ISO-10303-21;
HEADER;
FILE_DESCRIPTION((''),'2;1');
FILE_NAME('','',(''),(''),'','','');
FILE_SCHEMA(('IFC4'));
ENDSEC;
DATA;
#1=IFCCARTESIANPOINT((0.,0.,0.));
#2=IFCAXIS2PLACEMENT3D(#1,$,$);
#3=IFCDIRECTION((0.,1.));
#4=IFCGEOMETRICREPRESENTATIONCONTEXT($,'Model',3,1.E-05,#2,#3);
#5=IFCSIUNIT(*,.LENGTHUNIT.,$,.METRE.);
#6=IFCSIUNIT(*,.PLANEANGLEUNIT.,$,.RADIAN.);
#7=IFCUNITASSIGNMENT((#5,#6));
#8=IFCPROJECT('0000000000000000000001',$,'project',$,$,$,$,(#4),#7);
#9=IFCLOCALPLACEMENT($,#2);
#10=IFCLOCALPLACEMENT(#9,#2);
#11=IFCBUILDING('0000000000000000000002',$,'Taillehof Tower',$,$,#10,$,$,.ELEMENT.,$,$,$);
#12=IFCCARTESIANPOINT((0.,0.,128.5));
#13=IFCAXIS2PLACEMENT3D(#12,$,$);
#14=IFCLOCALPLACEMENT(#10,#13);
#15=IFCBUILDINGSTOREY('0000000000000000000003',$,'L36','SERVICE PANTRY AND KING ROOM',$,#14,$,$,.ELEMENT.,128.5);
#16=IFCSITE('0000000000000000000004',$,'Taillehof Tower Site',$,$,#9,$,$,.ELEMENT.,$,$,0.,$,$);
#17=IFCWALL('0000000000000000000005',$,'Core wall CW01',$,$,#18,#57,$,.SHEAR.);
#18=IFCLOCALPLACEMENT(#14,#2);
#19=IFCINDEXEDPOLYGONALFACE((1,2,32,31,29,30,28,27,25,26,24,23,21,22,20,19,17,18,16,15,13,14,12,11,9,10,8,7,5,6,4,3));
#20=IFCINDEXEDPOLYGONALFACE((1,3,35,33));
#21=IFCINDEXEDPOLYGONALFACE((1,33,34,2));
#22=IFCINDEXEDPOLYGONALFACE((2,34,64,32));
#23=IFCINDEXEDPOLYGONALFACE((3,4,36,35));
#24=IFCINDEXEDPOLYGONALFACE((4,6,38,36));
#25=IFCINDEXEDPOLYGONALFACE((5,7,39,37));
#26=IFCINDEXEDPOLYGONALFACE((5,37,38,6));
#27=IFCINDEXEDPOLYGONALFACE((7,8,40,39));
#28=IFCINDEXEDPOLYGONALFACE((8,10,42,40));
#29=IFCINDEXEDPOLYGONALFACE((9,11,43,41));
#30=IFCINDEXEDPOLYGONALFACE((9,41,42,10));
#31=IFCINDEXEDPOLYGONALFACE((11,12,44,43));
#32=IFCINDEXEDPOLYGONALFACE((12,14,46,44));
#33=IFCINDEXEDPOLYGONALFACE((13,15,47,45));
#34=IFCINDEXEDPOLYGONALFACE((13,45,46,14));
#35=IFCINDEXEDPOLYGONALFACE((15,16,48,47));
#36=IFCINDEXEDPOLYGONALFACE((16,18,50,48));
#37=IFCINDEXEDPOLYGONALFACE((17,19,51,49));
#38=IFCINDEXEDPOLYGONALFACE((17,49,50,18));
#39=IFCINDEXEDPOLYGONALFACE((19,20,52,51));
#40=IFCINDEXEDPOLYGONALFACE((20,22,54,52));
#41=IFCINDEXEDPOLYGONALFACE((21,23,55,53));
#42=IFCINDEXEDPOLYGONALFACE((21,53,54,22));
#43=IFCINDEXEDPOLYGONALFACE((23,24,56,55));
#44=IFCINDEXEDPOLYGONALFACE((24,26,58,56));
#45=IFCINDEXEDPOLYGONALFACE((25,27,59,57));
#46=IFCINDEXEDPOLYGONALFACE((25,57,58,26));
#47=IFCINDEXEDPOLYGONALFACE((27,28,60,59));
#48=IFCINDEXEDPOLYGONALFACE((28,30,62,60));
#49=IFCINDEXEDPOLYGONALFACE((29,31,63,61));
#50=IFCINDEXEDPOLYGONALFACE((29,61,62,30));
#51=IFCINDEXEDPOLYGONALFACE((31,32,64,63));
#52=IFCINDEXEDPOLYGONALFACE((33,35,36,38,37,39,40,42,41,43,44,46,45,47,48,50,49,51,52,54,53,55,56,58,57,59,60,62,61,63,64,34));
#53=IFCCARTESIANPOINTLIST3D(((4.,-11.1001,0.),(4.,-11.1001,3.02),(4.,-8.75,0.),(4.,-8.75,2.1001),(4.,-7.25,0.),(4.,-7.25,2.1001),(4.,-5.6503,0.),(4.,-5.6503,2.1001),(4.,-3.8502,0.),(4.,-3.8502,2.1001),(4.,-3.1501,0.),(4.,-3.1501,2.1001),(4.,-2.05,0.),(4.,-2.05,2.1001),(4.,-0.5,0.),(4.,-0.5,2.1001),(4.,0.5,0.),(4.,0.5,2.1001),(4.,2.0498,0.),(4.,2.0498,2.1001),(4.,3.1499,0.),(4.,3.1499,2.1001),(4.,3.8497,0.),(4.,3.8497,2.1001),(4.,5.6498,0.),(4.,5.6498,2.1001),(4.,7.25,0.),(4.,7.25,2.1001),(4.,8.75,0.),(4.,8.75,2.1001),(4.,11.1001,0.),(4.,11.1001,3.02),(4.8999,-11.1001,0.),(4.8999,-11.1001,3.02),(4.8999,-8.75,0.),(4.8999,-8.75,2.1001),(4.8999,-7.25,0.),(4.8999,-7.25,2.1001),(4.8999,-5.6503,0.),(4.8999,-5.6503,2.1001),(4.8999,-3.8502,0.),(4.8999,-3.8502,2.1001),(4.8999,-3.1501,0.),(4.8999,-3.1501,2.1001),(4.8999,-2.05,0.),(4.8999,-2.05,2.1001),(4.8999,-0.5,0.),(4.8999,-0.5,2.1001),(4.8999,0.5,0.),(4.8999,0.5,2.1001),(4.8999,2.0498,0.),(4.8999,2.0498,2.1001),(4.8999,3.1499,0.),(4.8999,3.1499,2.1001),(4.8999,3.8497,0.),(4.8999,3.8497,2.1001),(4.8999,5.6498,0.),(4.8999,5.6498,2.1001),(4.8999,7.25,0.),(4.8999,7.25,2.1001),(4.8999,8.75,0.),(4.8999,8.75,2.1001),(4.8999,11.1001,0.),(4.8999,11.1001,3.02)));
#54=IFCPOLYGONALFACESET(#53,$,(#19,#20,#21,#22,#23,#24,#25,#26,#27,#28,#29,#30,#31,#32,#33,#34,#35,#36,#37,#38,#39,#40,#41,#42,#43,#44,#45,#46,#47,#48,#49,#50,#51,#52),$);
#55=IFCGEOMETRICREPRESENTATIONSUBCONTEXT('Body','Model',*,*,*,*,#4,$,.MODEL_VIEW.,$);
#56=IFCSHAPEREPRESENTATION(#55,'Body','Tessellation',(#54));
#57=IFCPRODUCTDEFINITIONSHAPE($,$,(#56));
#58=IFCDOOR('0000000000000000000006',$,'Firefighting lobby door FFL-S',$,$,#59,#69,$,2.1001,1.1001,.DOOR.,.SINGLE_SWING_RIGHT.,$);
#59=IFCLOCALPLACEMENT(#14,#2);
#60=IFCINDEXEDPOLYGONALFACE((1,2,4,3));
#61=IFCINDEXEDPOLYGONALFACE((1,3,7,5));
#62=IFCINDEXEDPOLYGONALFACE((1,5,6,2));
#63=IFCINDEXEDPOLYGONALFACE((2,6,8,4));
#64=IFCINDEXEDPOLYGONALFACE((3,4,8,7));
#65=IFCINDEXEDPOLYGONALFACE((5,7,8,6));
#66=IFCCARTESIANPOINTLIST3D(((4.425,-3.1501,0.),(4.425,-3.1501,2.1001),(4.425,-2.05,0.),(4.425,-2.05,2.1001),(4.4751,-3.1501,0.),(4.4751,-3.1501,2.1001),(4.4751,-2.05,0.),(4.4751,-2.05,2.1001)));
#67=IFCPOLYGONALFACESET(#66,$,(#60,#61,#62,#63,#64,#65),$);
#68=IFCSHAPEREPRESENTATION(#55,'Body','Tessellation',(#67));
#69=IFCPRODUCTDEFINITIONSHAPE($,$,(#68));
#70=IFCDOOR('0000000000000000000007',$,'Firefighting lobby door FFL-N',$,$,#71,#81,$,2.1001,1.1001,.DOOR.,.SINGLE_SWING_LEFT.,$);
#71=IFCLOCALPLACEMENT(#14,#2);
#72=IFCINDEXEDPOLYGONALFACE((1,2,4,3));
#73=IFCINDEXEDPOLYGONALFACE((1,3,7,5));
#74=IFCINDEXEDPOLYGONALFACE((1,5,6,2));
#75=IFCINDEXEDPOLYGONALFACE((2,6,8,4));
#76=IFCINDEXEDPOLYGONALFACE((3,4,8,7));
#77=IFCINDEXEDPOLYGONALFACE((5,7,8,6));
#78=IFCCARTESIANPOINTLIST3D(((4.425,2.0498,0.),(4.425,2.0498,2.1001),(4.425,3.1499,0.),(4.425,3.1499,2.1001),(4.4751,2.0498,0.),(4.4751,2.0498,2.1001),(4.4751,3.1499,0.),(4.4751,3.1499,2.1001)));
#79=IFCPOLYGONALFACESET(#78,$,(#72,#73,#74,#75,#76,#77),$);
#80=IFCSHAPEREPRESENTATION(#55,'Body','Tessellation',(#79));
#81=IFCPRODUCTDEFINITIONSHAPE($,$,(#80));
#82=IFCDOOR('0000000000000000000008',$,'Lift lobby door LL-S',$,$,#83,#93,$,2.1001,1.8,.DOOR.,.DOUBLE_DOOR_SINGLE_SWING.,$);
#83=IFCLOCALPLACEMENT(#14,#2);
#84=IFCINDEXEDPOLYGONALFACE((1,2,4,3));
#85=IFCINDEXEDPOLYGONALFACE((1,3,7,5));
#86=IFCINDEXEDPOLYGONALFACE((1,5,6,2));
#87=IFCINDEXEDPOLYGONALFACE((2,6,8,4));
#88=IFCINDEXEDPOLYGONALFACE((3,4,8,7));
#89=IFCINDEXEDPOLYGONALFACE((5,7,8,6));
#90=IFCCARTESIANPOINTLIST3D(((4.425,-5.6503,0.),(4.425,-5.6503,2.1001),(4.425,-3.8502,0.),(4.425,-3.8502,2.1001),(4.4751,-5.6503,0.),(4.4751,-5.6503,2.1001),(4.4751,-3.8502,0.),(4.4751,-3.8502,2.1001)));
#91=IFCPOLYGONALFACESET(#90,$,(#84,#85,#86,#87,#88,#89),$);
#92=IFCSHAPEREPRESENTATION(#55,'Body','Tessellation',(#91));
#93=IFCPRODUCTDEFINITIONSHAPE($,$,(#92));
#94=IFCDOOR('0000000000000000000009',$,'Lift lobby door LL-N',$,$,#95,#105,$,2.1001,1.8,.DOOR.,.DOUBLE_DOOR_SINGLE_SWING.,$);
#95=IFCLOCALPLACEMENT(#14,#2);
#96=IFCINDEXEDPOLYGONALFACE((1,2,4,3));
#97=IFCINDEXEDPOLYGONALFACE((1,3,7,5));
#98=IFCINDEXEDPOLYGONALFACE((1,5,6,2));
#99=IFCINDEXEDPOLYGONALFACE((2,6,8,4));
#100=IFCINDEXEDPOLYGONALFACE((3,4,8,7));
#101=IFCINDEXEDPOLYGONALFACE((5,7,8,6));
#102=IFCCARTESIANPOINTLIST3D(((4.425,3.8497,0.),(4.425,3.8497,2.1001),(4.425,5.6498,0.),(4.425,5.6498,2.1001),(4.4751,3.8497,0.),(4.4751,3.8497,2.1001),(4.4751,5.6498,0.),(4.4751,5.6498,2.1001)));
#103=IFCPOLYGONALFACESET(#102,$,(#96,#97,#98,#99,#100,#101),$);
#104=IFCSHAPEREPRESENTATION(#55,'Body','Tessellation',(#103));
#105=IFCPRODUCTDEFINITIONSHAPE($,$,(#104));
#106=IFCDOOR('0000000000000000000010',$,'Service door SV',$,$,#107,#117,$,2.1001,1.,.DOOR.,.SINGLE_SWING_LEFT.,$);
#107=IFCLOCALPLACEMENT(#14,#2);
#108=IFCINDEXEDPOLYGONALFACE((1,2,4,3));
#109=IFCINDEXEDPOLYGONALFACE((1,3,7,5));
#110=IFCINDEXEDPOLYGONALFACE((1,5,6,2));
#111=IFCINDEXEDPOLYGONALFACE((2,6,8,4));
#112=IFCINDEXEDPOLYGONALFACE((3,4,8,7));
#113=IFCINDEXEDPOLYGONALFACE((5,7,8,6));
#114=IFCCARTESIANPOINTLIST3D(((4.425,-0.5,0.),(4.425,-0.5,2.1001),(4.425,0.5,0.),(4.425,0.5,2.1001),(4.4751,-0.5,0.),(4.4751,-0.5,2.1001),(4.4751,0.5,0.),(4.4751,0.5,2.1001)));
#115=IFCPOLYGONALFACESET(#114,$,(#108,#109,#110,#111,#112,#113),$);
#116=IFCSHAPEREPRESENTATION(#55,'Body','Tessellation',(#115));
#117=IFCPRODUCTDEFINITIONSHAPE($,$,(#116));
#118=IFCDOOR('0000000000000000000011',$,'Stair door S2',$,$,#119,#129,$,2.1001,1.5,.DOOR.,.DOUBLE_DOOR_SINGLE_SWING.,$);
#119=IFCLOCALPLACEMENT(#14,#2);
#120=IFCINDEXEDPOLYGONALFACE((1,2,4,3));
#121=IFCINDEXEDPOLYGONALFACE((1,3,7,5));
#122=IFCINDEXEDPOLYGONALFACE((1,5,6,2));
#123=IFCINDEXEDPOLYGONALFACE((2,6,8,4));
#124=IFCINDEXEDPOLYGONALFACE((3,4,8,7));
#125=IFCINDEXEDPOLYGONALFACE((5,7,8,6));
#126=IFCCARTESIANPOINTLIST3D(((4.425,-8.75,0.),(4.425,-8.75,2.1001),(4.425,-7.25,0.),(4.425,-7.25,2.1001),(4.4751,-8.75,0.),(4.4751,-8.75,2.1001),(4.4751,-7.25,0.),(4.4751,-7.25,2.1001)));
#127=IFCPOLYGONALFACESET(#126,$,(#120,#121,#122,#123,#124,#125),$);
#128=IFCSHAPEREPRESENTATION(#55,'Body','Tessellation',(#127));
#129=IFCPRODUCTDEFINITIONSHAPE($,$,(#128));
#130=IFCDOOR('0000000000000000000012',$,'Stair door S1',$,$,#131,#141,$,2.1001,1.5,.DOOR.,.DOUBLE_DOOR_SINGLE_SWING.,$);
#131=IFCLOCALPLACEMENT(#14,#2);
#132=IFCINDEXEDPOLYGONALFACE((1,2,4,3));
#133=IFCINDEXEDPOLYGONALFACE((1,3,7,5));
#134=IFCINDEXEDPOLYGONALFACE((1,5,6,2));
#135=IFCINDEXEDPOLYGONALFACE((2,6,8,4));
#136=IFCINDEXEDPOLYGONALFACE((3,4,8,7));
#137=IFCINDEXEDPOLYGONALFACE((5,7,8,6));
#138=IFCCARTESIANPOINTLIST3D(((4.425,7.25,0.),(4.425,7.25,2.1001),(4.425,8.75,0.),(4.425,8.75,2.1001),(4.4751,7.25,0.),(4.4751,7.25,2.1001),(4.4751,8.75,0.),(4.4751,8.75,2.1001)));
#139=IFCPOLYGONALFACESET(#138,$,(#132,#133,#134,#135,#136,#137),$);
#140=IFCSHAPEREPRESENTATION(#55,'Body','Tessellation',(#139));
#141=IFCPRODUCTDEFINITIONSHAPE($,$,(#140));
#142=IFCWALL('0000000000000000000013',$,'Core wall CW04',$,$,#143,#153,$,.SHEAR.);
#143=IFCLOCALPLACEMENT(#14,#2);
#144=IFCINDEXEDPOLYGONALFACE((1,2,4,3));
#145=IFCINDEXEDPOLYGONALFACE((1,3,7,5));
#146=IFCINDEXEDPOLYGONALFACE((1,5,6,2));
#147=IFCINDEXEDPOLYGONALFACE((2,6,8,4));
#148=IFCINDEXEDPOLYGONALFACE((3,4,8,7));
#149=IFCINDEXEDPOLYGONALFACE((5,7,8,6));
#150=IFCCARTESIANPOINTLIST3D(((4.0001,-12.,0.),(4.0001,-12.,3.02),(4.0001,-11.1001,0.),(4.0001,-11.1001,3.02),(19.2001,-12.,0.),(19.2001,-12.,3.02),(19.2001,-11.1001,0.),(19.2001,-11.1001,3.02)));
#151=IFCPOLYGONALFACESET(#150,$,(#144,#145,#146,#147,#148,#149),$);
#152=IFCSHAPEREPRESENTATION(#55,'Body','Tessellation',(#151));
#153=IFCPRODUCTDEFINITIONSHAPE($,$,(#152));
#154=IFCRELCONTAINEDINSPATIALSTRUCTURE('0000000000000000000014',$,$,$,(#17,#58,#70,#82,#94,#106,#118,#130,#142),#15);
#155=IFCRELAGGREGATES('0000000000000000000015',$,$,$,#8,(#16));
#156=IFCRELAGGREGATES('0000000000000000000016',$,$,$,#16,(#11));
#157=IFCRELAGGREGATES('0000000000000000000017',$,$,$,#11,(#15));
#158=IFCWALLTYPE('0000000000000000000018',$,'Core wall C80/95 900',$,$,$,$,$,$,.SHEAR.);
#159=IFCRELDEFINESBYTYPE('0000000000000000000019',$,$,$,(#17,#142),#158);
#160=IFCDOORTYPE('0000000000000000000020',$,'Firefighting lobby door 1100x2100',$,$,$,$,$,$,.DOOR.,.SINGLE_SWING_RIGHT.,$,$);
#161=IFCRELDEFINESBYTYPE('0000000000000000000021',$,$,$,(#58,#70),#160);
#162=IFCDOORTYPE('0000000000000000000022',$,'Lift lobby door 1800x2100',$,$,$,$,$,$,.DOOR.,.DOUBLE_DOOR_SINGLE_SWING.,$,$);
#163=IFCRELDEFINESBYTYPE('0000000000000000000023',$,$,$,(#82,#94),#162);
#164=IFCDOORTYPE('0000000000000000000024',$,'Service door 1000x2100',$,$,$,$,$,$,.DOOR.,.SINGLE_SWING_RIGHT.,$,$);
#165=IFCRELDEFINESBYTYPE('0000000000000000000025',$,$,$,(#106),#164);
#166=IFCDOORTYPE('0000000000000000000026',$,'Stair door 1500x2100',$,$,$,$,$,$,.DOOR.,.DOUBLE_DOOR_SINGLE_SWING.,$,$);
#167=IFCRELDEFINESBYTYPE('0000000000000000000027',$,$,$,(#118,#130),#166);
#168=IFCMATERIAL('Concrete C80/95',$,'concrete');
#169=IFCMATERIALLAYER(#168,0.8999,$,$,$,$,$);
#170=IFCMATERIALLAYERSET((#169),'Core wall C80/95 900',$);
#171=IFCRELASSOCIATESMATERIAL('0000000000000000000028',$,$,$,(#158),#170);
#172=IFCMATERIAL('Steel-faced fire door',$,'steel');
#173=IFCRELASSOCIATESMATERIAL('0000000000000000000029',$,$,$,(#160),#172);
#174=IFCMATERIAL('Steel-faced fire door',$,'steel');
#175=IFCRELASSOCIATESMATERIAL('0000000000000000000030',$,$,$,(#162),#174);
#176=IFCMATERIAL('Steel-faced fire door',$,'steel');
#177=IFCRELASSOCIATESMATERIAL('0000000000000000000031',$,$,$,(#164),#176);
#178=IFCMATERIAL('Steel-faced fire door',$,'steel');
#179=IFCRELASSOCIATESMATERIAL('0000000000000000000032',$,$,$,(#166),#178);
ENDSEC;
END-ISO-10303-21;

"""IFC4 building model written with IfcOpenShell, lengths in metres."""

from ifc_helpers import new_model, si_unit, direction, frame, frame_2d, origin, place, context, subcontext, project, spatial, rectangle, extrude, material, layer, layer_set, type_object, element, fill, save


model = new_model("IFC4")

# Units and contexts
model_context = context("Model", 3, precision=1e-05, world=origin(), true_north=direction((0.0, 1.0)))
body_context = subcontext(model_context, "Body", "Model", "MODEL_VIEW")
ifc_project = project(units=[si_unit("LENGTHUNIT", "METRE"), si_unit("PLANEANGLEUNIT", "RADIAN")], contexts=[model_context])

# Site, building, storey
site_placement = place(None, origin())
site = spatial("IfcSite", under=ifc_project, at=site_placement, Name="Taillehof Tower Site", CompositionType="ELEMENT", RefElevation=0.0)
building_placement = place(site_placement, origin())
building = spatial("IfcBuilding", under=site, at=building_placement, Name="Taillehof Tower", CompositionType="ELEMENT")
storey_placement = place(building_placement, frame((0.0, 0.0, 128.5)))
storey = spatial("IfcBuildingStorey", under=building, at=storey_placement, Name="L36", Description="SERVICE PANTRY AND KING ROOM", CompositionType="ELEMENT", Elevation=128.5)

# Wall, openings, doors
ifc_material_1 = material(Name="Concrete C80/95", Category="concrete")
ifc_layer_1 = layer(ifc_material_1, 0.8999)
ifc_layer_set_1 = layer_set([ifc_layer_1], Name="Core wall C80/95 900")
wall_type_1 = type_object("IfcWallType", Name="Core wall C80/95 900", PredefinedType="SHEAR", material=ifc_layer_set_1)
wall_1_placement = place(storey_placement, frame((4.45, -11.1001, 0.0), z_axis=(0.0, 0.0, 1.0), x_axis=(0.0, 1.0, 0.0)))
wall_1 = element("IfcWall", 1, at=wall_1_placement, inside=storey, type_object=wall_type_1, Name="Core wall CW01", PredefinedType="SHEAR", context=body_context, shape_type="SweptSolid", body=[
    extrude(rectangle(XDim=22.2002, YDim=0.8999, at=frame_2d((11.1001, 0.0))), origin(), (0.0, 0.0, 1.0), 3.02),
])
opening_1_placement = place(wall_1_placement, frame((2.3501, 0.0, 0.0)))
opening_1 = element("IfcOpeningElement", 2, at=opening_1_placement, cuts=wall_1, PredefinedType="OPENING", context=body_context, shape_type="SweptSolid", body=[
    extrude(rectangle(XDim=1.5, YDim=2.1001, at=frame_2d((0.75, 1.05))), frame((0.0, 0.46, 0.0), z_axis=(0.0, -1.0, 0.0), x_axis=(1.0, 0.0, 0.0)), (0.0, 0.0, 1.0), 0.9199),
])
opening_2_placement = place(wall_1_placement, frame((5.45, 0.0, 0.0)))
opening_2 = element("IfcOpeningElement", 3, at=opening_2_placement, cuts=wall_1, PredefinedType="OPENING", context=body_context, shape_type="SweptSolid", body=[
    extrude(rectangle(XDim=1.8, YDim=2.1001, at=frame_2d((0.8999, 1.05))), frame((0.0, 0.46, 0.0), z_axis=(0.0, -1.0, 0.0), x_axis=(1.0, 0.0, 0.0)), (0.0, 0.0, 1.0), 0.9199),
])
opening_3_placement = place(wall_1_placement, frame((7.95, 0.0, 0.0)))
opening_3 = element("IfcOpeningElement", 4, at=opening_3_placement, cuts=wall_1, PredefinedType="OPENING", context=body_context, shape_type="SweptSolid", body=[
    extrude(rectangle(XDim=1.1001, YDim=2.1001, at=frame_2d((0.55, 1.05))), frame((0.0, 0.46, 0.0), z_axis=(0.0, -1.0, 0.0), x_axis=(1.0, 0.0, 0.0)), (0.0, 0.0, 1.0), 0.9199),
])
opening_4_placement = place(wall_1_placement, frame((10.6001, 0.0, 0.0)))
opening_4 = element("IfcOpeningElement", 5, at=opening_4_placement, cuts=wall_1, PredefinedType="OPENING", context=body_context, shape_type="SweptSolid", body=[
    extrude(rectangle(XDim=1.0, YDim=2.1001, at=frame_2d((0.5, 1.05))), frame((0.0, 0.46, 0.0), z_axis=(0.0, -1.0, 0.0), x_axis=(1.0, 0.0, 0.0)), (0.0, 0.0, 1.0), 0.9199),
])
opening_5_placement = place(wall_1_placement, frame((13.1499, 0.0, 0.0)))
opening_5 = element("IfcOpeningElement", 6, at=opening_5_placement, cuts=wall_1, PredefinedType="OPENING", context=body_context, shape_type="SweptSolid", body=[
    extrude(rectangle(XDim=1.1001, YDim=2.1001, at=frame_2d((0.55, 1.05))), frame((0.0, 0.46, 0.0), z_axis=(0.0, -1.0, 0.0), x_axis=(1.0, 0.0, 0.0)), (0.0, 0.0, 1.0), 0.9199),
])
opening_6_placement = place(wall_1_placement, frame((14.95, 0.0, 0.0)))
opening_6 = element("IfcOpeningElement", 7, at=opening_6_placement, cuts=wall_1, PredefinedType="OPENING", context=body_context, shape_type="SweptSolid", body=[
    extrude(rectangle(XDim=1.8, YDim=2.1001, at=frame_2d((0.8999, 1.05))), frame((0.0, 0.46, 0.0), z_axis=(0.0, -1.0, 0.0), x_axis=(1.0, 0.0, 0.0)), (0.0, 0.0, 1.0), 0.9199),
])
opening_7_placement = place(wall_1_placement, frame((18.3501, 0.0, 0.0)))
opening_7 = element("IfcOpeningElement", 8, at=opening_7_placement, cuts=wall_1, PredefinedType="OPENING", context=body_context, shape_type="SweptSolid", body=[
    extrude(rectangle(XDim=1.5, YDim=2.1001, at=frame_2d((0.75, 1.05))), frame((0.0, 0.46, 0.0), z_axis=(0.0, -1.0, 0.0), x_axis=(1.0, 0.0, 0.0)), (0.0, 0.0, 1.0), 0.9199),
])
ifc_material_2 = material(Name="Steel-faced fire door", Category="steel")
door_type_1 = type_object("IfcDoorType", Name="Firefighting lobby door 1100x2100", OperationType="SINGLE_SWING_RIGHT", PredefinedType="DOOR", material=ifc_material_2)
door_1_placement = place(opening_3_placement, origin())
door_1 = element("IfcDoor", 9, at=door_1_placement, inside=storey, type_object=door_type_1, Name="Firefighting lobby door FFL-S", OperationType="SINGLE_SWING_RIGHT", OverallHeight=2.1001, OverallWidth=1.1001, PredefinedType="DOOR", context=body_context, shape_type="SweptSolid", body=[
    extrude(rectangle(XDim=1.1001, YDim=2.1001, at=frame_2d((0.55, 1.05))), frame((0.0, 0.0249, 0.0), z_axis=(0.0, -1.0, 0.0), x_axis=(1.0, 0.0, 0.0)), (0.0, 0.0, 1.0), 0.05),
])
fill(opening_3, door_1)
door_2_placement = place(opening_5_placement, origin())
door_2 = element("IfcDoor", 10, at=door_2_placement, inside=storey, type_object=door_type_1, Name="Firefighting lobby door FFL-N", OperationType="SINGLE_SWING_LEFT", OverallHeight=2.1001, OverallWidth=1.1001, PredefinedType="DOOR", context=body_context, shape_type="SweptSolid", body=[
    extrude(rectangle(XDim=1.1001, YDim=2.1001, at=frame_2d((0.55, 1.05))), frame((0.0, 0.0249, 0.0), z_axis=(0.0, -1.0, 0.0), x_axis=(1.0, 0.0, 0.0)), (0.0, 0.0, 1.0), 0.05),
])
fill(opening_5, door_2)
ifc_material_3 = material(Name="Steel-faced fire door", Category="steel")
door_type_2 = type_object("IfcDoorType", Name="Lift lobby door 1800x2100", OperationType="DOUBLE_DOOR_SINGLE_SWING", PredefinedType="DOOR", material=ifc_material_3)
door_3_placement = place(opening_2_placement, origin())
door_3 = element("IfcDoor", 11, at=door_3_placement, inside=storey, type_object=door_type_2, Name="Lift lobby door LL-S", OperationType="DOUBLE_DOOR_SINGLE_SWING", OverallHeight=2.1001, OverallWidth=1.8, PredefinedType="DOOR", context=body_context, shape_type="SweptSolid", body=[
    extrude(rectangle(XDim=1.8, YDim=2.1001, at=frame_2d((0.8999, 1.05))), frame((0.0, 0.0249, 0.0), z_axis=(0.0, -1.0, 0.0), x_axis=(1.0, 0.0, 0.0)), (0.0, 0.0, 1.0), 0.05),
])
fill(opening_2, door_3)
door_4_placement = place(opening_6_placement, origin())
door_4 = element("IfcDoor", 12, at=door_4_placement, inside=storey, type_object=door_type_2, Name="Lift lobby door LL-N", OperationType="DOUBLE_DOOR_SINGLE_SWING", OverallHeight=2.1001, OverallWidth=1.8, PredefinedType="DOOR", context=body_context, shape_type="SweptSolid", body=[
    extrude(rectangle(XDim=1.8, YDim=2.1001, at=frame_2d((0.8999, 1.05))), frame((0.0, 0.0249, 0.0), z_axis=(0.0, -1.0, 0.0), x_axis=(1.0, 0.0, 0.0)), (0.0, 0.0, 1.0), 0.05),
])
fill(opening_6, door_4)
ifc_material_4 = material(Name="Steel-faced fire door", Category="steel")
door_type_3 = type_object("IfcDoorType", Name="Service door 1000x2100", OperationType="SINGLE_SWING_RIGHT", PredefinedType="DOOR", material=ifc_material_4)
door_5_placement = place(opening_4_placement, origin())
door_5 = element("IfcDoor", 13, at=door_5_placement, inside=storey, type_object=door_type_3, Name="Service door SV", OperationType="SINGLE_SWING_LEFT", OverallHeight=2.1001, OverallWidth=1.0, PredefinedType="DOOR", context=body_context, shape_type="SweptSolid", body=[
    extrude(rectangle(XDim=1.0, YDim=2.1001, at=frame_2d((0.5, 1.05))), frame((0.0, 0.0249, 0.0), z_axis=(0.0, -1.0, 0.0), x_axis=(1.0, 0.0, 0.0)), (0.0, 0.0, 1.0), 0.05),
])
fill(opening_4, door_5)
ifc_material_5 = material(Name="Steel-faced fire door", Category="steel")
door_type_4 = type_object("IfcDoorType", Name="Stair door 1500x2100", OperationType="DOUBLE_DOOR_SINGLE_SWING", PredefinedType="DOOR", material=ifc_material_5)
door_6_placement = place(opening_1_placement, origin())
door_6 = element("IfcDoor", 14, at=door_6_placement, inside=storey, type_object=door_type_4, Name="Stair door S2", OperationType="DOUBLE_DOOR_SINGLE_SWING", OverallHeight=2.1001, OverallWidth=1.5, PredefinedType="DOOR", context=body_context, shape_type="SweptSolid", body=[
    extrude(rectangle(XDim=1.5, YDim=2.1001, at=frame_2d((0.75, 1.05))), frame((0.0, 0.0249, 0.0), z_axis=(0.0, -1.0, 0.0), x_axis=(1.0, 0.0, 0.0)), (0.0, 0.0, 1.0), 0.05),
])
fill(opening_1, door_6)
door_7_placement = place(opening_7_placement, origin())
door_7 = element("IfcDoor", 15, at=door_7_placement, inside=storey, type_object=door_type_4, Name="Stair door S1", OperationType="DOUBLE_DOOR_SINGLE_SWING", OverallHeight=2.1001, OverallWidth=1.5, PredefinedType="DOOR", context=body_context, shape_type="SweptSolid", body=[
    extrude(rectangle(XDim=1.5, YDim=2.1001, at=frame_2d((0.75, 1.05))), frame((0.0, 0.0249, 0.0), z_axis=(0.0, -1.0, 0.0), x_axis=(1.0, 0.0, 0.0)), (0.0, 0.0, 1.0), 0.05),
])
fill(opening_7, door_7)

# Wall
wall_2_placement = place(storey_placement, frame((4.0, -11.55, 0.0), z_axis=(0.0, 0.0, 1.0), x_axis=(1.0, 0.0, 0.0)))
element("IfcWall", 16, at=wall_2_placement, inside=storey, type_object=wall_type_1, Name="Core wall CW04", PredefinedType="SHEAR", context=body_context, shape_type="SweptSolid", body=[
    extrude(rectangle(XDim=15.2, YDim=0.8999, at=frame_2d((7.6001, 0.0))), origin(), (0.0, 0.0, 1.0), 3.02),
])

save(model, "model.ifc")
